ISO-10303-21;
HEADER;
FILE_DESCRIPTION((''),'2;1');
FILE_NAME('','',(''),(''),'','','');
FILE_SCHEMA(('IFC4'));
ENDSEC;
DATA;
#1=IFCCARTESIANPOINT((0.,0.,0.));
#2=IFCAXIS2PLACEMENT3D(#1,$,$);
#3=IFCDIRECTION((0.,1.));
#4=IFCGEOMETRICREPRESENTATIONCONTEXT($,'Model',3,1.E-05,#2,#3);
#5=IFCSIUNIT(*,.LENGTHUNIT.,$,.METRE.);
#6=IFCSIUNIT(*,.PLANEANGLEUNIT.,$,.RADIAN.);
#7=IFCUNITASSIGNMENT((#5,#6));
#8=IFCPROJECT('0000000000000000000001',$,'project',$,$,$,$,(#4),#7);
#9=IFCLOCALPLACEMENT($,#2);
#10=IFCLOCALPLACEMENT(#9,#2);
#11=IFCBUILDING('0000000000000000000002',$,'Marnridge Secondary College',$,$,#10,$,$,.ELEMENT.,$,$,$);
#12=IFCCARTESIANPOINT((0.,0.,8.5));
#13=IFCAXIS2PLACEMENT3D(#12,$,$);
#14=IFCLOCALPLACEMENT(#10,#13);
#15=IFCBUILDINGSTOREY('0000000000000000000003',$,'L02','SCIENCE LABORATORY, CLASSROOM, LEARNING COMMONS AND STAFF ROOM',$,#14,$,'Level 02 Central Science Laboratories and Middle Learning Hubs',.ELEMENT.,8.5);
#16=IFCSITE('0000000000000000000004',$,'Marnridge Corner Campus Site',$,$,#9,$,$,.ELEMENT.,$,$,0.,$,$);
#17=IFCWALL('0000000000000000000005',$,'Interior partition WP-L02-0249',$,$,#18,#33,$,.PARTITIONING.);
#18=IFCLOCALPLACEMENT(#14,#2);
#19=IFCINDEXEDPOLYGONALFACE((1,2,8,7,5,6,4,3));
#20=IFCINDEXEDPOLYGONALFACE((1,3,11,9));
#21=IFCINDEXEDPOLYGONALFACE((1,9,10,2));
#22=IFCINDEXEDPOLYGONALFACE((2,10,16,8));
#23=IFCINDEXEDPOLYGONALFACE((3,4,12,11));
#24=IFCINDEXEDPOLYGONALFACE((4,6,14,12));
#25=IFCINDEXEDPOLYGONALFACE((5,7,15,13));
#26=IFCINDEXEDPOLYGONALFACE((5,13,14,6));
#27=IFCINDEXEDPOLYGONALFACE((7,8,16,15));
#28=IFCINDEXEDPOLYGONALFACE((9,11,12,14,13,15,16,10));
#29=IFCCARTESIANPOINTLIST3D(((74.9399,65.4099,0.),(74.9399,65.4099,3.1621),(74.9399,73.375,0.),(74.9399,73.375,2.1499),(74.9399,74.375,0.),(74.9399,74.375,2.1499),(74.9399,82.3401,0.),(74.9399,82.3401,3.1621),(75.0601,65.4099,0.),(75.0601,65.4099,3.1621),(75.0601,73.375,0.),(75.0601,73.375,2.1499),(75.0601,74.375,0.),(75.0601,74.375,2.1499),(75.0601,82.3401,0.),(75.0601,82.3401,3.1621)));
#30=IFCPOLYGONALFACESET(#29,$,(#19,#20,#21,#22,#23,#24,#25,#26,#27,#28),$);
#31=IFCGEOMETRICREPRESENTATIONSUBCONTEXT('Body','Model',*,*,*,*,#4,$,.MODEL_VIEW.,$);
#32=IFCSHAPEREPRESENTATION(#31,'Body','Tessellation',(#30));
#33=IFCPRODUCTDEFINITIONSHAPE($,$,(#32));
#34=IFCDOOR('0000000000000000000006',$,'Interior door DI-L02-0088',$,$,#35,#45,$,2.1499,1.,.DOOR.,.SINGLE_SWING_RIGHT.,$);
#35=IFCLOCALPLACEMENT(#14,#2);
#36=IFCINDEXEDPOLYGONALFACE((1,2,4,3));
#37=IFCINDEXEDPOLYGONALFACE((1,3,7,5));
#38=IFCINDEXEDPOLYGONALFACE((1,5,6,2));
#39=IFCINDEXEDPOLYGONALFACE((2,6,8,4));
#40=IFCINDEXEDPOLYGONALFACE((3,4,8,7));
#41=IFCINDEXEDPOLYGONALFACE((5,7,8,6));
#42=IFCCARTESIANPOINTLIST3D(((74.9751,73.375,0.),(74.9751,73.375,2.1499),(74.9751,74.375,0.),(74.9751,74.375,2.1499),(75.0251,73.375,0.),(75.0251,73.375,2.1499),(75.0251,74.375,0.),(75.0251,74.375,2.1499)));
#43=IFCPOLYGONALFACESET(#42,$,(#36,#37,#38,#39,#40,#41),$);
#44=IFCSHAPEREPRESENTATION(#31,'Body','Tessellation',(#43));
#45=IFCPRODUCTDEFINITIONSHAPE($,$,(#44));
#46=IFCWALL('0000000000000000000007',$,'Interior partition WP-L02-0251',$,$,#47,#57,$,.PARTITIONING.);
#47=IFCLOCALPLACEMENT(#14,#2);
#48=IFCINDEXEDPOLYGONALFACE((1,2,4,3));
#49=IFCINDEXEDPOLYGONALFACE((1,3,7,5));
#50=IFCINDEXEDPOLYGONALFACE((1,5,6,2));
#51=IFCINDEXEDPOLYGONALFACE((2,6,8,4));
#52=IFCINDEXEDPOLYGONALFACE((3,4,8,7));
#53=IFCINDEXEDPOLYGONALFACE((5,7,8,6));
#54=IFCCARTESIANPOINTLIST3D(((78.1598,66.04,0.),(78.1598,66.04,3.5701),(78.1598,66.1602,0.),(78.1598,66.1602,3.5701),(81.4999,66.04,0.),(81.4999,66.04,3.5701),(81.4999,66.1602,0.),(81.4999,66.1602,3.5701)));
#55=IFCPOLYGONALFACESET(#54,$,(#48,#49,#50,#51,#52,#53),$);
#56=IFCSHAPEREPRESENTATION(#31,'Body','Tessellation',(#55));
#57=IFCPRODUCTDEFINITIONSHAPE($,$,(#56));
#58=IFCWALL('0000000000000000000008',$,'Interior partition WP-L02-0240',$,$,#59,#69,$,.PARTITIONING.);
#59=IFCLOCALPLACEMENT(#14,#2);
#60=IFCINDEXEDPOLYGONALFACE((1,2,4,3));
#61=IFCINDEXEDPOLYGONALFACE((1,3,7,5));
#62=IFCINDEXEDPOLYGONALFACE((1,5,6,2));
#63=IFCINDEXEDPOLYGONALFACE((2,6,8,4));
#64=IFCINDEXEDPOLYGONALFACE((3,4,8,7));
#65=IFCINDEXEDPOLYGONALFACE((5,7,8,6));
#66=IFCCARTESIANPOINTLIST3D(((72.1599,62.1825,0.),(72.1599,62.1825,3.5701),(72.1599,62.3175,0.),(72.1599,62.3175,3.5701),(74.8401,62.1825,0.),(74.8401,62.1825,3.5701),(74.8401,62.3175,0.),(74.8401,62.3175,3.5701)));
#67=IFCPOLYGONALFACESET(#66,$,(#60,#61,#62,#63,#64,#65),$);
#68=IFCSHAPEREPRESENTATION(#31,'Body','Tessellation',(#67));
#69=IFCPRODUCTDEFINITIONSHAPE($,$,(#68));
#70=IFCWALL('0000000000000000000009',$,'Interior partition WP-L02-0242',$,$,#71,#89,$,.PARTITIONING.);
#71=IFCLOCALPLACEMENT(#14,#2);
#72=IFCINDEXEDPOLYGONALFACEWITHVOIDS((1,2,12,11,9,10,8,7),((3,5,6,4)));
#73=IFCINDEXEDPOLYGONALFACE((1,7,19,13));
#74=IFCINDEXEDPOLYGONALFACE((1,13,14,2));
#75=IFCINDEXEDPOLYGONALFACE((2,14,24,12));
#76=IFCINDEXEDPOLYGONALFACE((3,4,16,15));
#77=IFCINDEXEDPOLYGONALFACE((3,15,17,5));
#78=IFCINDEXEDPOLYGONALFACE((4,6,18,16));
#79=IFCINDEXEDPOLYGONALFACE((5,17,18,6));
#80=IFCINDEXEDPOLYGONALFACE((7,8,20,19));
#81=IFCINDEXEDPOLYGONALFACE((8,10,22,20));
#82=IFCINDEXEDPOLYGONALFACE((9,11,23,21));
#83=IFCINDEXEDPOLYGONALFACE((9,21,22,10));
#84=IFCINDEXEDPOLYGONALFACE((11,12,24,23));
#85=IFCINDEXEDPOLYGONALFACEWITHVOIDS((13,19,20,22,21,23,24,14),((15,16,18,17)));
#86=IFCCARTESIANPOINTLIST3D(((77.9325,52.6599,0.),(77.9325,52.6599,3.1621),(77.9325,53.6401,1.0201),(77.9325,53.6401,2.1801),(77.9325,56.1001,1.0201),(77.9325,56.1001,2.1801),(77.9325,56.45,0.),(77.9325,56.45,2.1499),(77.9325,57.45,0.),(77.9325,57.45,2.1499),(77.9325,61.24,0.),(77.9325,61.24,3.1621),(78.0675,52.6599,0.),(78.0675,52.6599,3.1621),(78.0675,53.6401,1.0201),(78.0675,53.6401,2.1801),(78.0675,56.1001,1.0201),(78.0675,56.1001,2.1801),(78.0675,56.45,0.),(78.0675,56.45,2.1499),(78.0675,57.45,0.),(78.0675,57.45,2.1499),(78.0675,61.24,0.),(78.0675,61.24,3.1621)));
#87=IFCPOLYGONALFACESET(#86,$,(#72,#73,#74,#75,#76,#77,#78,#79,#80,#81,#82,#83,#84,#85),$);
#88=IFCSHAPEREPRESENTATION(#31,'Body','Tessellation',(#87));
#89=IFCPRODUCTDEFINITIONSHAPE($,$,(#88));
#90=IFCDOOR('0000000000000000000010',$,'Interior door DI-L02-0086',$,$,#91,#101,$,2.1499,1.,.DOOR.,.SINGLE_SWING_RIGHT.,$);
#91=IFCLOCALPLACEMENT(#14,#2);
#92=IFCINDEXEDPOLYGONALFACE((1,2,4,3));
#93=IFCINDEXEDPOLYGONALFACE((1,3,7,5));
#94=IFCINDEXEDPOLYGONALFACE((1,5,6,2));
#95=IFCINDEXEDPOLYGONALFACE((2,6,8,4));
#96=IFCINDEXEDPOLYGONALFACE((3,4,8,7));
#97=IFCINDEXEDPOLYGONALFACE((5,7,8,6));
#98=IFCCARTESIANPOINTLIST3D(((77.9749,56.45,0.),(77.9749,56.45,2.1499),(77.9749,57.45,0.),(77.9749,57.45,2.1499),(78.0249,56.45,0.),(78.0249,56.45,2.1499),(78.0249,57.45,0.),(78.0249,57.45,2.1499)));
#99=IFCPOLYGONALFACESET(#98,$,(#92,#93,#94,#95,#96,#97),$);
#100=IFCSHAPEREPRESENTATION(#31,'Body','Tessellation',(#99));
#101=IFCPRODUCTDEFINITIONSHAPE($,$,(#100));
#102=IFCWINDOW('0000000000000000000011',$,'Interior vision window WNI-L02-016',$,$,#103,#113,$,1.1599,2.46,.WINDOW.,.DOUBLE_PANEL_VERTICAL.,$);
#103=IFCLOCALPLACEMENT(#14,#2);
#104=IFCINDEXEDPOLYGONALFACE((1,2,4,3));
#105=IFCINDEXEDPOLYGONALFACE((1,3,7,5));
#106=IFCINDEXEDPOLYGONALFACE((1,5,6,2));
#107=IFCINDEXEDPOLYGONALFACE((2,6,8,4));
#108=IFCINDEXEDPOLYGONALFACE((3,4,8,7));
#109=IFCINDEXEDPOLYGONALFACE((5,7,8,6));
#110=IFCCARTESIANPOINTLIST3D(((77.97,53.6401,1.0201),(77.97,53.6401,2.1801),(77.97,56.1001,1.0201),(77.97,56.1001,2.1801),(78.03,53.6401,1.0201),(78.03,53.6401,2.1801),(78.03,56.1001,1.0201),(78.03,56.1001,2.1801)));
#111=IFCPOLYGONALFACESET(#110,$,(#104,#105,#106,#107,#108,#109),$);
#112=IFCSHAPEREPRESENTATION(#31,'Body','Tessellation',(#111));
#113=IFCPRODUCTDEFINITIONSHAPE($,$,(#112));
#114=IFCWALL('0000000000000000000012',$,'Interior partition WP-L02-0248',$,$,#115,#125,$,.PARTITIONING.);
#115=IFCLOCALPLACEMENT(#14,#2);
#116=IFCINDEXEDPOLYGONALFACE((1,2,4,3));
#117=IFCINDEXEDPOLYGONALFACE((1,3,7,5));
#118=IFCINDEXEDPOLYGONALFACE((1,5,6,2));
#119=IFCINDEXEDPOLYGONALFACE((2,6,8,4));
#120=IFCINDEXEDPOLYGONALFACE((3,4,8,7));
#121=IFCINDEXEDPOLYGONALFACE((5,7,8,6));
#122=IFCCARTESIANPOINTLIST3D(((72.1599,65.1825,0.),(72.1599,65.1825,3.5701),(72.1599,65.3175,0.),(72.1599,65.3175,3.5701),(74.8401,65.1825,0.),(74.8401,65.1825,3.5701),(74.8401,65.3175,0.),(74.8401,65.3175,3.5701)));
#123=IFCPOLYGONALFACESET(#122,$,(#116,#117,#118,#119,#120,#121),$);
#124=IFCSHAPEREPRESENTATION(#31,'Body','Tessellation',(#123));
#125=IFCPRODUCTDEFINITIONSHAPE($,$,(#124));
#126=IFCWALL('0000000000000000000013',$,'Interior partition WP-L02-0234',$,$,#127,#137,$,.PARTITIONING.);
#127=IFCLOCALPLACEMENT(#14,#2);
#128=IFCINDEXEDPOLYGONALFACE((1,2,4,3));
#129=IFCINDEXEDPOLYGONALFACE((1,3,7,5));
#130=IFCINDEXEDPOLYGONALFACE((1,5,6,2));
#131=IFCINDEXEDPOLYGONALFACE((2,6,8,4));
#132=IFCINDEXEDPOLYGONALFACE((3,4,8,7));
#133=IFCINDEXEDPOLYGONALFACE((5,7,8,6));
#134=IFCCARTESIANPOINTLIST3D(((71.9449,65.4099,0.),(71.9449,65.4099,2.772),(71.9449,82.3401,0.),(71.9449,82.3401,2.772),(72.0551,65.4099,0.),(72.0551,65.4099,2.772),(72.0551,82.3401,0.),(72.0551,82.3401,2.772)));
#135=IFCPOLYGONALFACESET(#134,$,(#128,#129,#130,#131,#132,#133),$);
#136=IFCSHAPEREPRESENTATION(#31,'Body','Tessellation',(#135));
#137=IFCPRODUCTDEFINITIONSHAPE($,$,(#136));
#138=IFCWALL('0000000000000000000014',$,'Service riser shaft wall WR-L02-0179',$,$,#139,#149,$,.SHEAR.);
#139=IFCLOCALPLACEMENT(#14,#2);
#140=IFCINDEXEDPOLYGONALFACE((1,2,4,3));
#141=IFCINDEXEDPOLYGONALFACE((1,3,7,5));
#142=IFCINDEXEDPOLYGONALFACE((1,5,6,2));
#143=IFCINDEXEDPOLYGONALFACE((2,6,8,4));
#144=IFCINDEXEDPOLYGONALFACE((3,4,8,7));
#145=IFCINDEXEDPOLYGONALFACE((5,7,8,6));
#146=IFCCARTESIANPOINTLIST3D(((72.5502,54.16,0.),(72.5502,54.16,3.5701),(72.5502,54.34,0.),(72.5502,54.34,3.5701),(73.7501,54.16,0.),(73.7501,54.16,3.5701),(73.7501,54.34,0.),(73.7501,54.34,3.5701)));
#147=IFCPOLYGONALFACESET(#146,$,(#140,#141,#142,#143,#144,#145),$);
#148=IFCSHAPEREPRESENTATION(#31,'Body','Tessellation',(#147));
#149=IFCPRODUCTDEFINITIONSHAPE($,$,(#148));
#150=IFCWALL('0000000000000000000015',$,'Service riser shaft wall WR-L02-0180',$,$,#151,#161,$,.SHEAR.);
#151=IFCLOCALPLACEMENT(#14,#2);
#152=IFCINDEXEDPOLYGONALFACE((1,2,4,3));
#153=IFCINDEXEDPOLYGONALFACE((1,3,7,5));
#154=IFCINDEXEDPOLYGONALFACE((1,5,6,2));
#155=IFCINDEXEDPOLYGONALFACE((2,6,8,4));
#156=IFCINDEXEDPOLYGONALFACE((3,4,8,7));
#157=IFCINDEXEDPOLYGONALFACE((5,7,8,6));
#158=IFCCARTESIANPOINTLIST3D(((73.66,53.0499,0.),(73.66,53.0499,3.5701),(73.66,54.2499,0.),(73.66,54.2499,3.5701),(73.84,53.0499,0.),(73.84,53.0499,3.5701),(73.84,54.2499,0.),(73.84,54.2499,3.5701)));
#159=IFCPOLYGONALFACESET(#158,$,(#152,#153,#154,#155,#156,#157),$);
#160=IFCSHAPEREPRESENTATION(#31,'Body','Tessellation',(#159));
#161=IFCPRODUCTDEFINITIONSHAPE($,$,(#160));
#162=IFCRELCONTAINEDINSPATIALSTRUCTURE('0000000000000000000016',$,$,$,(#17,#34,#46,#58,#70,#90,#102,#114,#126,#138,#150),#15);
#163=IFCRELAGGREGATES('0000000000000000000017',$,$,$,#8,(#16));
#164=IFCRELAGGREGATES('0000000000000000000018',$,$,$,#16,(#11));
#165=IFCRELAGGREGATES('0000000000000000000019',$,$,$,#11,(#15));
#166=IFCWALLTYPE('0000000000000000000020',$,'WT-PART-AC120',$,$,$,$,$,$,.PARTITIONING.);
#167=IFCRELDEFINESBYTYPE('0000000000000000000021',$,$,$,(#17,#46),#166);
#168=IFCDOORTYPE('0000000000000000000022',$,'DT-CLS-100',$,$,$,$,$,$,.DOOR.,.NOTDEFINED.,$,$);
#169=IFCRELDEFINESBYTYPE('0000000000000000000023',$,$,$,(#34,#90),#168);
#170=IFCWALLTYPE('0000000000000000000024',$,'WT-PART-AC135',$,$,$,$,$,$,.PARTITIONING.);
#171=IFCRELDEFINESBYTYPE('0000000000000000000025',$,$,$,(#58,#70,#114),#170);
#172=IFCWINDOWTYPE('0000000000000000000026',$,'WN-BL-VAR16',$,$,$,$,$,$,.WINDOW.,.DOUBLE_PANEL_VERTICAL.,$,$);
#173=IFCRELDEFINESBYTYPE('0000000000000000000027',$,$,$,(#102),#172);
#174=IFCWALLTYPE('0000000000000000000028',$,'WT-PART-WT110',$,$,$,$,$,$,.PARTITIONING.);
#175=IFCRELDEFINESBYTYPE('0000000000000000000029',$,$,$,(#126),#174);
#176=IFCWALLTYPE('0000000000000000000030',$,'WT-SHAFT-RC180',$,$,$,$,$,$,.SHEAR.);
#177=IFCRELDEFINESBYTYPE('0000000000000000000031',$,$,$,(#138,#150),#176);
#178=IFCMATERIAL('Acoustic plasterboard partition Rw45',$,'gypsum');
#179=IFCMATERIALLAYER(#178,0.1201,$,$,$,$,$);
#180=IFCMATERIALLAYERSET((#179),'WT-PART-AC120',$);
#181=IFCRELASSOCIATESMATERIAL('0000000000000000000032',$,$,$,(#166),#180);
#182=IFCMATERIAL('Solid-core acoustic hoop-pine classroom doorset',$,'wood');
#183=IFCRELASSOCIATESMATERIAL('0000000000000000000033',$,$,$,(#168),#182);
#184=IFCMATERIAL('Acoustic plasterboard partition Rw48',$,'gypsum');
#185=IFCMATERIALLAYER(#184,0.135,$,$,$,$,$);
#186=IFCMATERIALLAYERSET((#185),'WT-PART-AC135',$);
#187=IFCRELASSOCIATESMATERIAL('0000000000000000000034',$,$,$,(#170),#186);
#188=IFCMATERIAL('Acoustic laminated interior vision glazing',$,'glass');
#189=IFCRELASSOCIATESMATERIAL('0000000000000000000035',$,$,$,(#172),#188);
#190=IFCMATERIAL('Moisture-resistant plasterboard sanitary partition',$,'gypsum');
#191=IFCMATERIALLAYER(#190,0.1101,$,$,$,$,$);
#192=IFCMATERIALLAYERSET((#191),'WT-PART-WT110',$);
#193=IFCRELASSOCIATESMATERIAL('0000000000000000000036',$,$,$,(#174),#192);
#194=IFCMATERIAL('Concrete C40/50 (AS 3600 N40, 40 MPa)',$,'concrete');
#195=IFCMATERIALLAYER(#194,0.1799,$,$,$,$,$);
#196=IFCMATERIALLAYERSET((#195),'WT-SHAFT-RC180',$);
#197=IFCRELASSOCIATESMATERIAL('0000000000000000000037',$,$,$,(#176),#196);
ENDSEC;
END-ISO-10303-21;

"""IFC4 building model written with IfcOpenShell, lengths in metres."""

from ifc_helpers import new_model, si_unit, direction, frame, frame_2d, origin, place, context, subcontext, project, spatial, rectangle, extrude, material, layer, layer_set, type_object, element, fill, save


model = new_model("IFC4")

# Units and contexts
model_context = context("Model", 3, precision=1e-05, world=origin(), true_north=direction((0.0, 1.0)))
body_context = subcontext(model_context, "Body", "Model", "MODEL_VIEW")
ifc_project = project(units=[si_unit("LENGTHUNIT", "METRE"), si_unit("PLANEANGLEUNIT", "RADIAN")], contexts=[model_context])

# Site, building, storey
site_placement = place(None, origin())
site = spatial("IfcSite", under=ifc_project, at=site_placement, Name="Marnridge Corner Campus Site", CompositionType="ELEMENT", RefElevation=0.0)
building_placement = place(site_placement, origin())
building = spatial("IfcBuilding", under=site, at=building_placement, Name="Marnridge Secondary College", CompositionType="ELEMENT")
storey_placement = place(building_placement, frame((0.0, 0.0, 8.5)))
storey = spatial("IfcBuildingStorey", under=building, at=storey_placement, Name="L02", Description="SCIENCE LABORATORY, CLASSROOM, LEARNING COMMONS AND STAFF ROOM", LongName="Level 02 Central Science Laboratories and Middle Learning Hubs", CompositionType="ELEMENT", Elevation=8.5)

# Shared definitions
ifc_material_1 = material(Name="Acoustic plasterboard partition Rw45", Category="gypsum")
ifc_layer_1 = layer(ifc_material_1, 0.1201)
ifc_layer_set_1 = layer_set([ifc_layer_1], Name="WT-PART-AC120")
wall_type_1 = type_object("IfcWallType", Name="WT-PART-AC120", PredefinedType="PARTITIONING", material=ifc_layer_set_1)

# Wall, opening, door
wall_1_placement = place(storey_placement, frame((75.0, 65.4099, 0.0), z_axis=(0.0, 0.0, 1.0), x_axis=(0.0, 1.0, 0.0)))
wall_1 = element("IfcWall", 1, at=wall_1_placement, inside=storey, type_object=wall_type_1, Name="Interior partition WP-L02-0249", PredefinedType="PARTITIONING", context=body_context, shape_type="SweptSolid", body=[
    extrude(rectangle(XDim=16.9302, YDim=0.1201, at=frame_2d((8.4651, 0.0))), origin(), (0.0, 0.0, 1.0), 3.1621),
])
opening_1_placement = place(wall_1_placement, frame((7.9651, 0.0, 0.0)))
opening_1 = element("IfcOpeningElement", 2, at=opening_1_placement, cuts=wall_1, PredefinedType="OPENING", context=body_context, shape_type="SweptSolid", body=[
    extrude(rectangle(XDim=1.0, YDim=2.1499, at=frame_2d((0.5, 1.075))), frame((0.0, 0.0701, 0.0), z_axis=(0.0, -1.0, 0.0), x_axis=(1.0, 0.0, 0.0)), (0.0, 0.0, 1.0), 0.1401),
])
ifc_material_2 = material(Name="Solid-core acoustic hoop-pine classroom doorset", Category="wood")
door_type = type_object("IfcDoorType", Name="DT-CLS-100", OperationType="NOTDEFINED", PredefinedType="DOOR", material=ifc_material_2)
door_1_placement = place(opening_1_placement, origin())
door_1 = element("IfcDoor", 3, at=door_1_placement, inside=storey, type_object=door_type, Name="Interior door DI-L02-0088", OperationType="SINGLE_SWING_RIGHT", OverallHeight=2.1499, OverallWidth=1.0, PredefinedType="DOOR", context=body_context, shape_type="SweptSolid", body=[
    extrude(rectangle(XDim=1.0, YDim=2.1499, at=frame_2d((0.5, 1.075))), frame((0.0, 0.0249, 0.0), z_axis=(0.0, -1.0, 0.0), x_axis=(1.0, 0.0, 0.0)), (0.0, 0.0, 1.0), 0.05),
])
fill(opening_1, door_1)

# Walls
wall_2_placement = place(storey_placement, frame((78.1599, 66.1001, 0.0), z_axis=(0.0, 0.0, 1.0), x_axis=(1.0, 0.0, 0.0)))
element("IfcWall", 4, at=wall_2_placement, inside=storey, type_object=wall_type_1, Name="Interior partition WP-L02-0251", PredefinedType="PARTITIONING", context=body_context, shape_type="SweptSolid", body=[
    extrude(rectangle(XDim=3.3401, YDim=0.1201, at=frame_2d((1.6699, 0.0))), origin(), (0.0, 0.0, 1.0), 3.5701),
])
ifc_material_3 = material(Name="Acoustic plasterboard partition Rw48", Category="gypsum")
ifc_layer_2 = layer(ifc_material_3, 0.135)
ifc_layer_set_2 = layer_set([ifc_layer_2], Name="WT-PART-AC135")
wall_type_2 = type_object("IfcWallType", Name="WT-PART-AC135", PredefinedType="PARTITIONING", material=ifc_layer_set_2)
wall_3_placement = place(storey_placement, frame((74.8401, 62.25, 0.0), z_axis=(0.0, 0.0, 1.0), x_axis=(-1.0, 0.0, 0.0)))
element("IfcWall", 5, at=wall_3_placement, inside=storey, type_object=wall_type_2, Name="Interior partition WP-L02-0240", PredefinedType="PARTITIONING", context=body_context, shape_type="SweptSolid", body=[
    extrude(rectangle(XDim=2.6802, YDim=0.135, at=frame_2d((1.3401, 0.0))), origin(), (0.0, 0.0, 1.0), 3.5701),
])

# Wall, openings, door, window
wall_4_placement = place(storey_placement, frame((78.0, 61.24, 0.0), z_axis=(0.0, 0.0, 1.0), x_axis=(0.0, -1.0, 0.0)))
wall_4 = element("IfcWall", 6, at=wall_4_placement, inside=storey, type_object=wall_type_2, Name="Interior partition WP-L02-0242", PredefinedType="PARTITIONING", context=body_context, shape_type="SweptSolid", body=[
    extrude(rectangle(XDim=8.5801, YDim=0.135, at=frame_2d((4.29, 0.0))), origin(), (0.0, 0.0, 1.0), 3.1621),
])
opening_2_placement = place(wall_4_placement, frame((3.79, 0.0, 0.0)))
opening_2 = element("IfcOpeningElement", 7, at=opening_2_placement, cuts=wall_4, PredefinedType="OPENING", context=body_context, shape_type="SweptSolid", body=[
    extrude(rectangle(XDim=1.0, YDim=2.1499, at=frame_2d((0.5, 1.075))), frame((0.0, 0.0774, 0.0), z_axis=(0.0, -1.0, 0.0), x_axis=(1.0, 0.0, 0.0)), (0.0, 0.0, 1.0), 0.155),
])
opening_3_placement = place(wall_4_placement, frame((5.1399, 0.0, 1.02)))
opening_3 = element("IfcOpeningElement", 8, at=opening_3_placement, cuts=wall_4, PredefinedType="OPENING", context=body_context, shape_type="SweptSolid", body=[
    extrude(rectangle(XDim=2.46, YDim=1.1599, at=frame_2d((1.23, 0.5801))), frame((0.0, 0.0774, 0.0), z_axis=(0.0, -1.0, 0.0), x_axis=(1.0, 0.0, 0.0)), (0.0, 0.0, 1.0), 0.155),
])
door_2_placement = place(opening_2_placement, origin())
door_2 = element("IfcDoor", 9, at=door_2_placement, inside=storey, type_object=door_type, Name="Interior door DI-L02-0086", OperationType="SINGLE_SWING_RIGHT", OverallHeight=2.1499, OverallWidth=1.0, PredefinedType="DOOR", context=body_context, shape_type="SweptSolid", body=[
    extrude(rectangle(XDim=1.0, YDim=2.1499, at=frame_2d((0.5, 1.075))), frame((0.0, 0.0249, 0.0), z_axis=(0.0, -1.0, 0.0), x_axis=(1.0, 0.0, 0.0)), (0.0, 0.0, 1.0), 0.05),
])
fill(opening_2, door_2)
ifc_material_4 = material(Name="Acoustic laminated interior vision glazing", Category="glass")
window_type = type_object("IfcWindowType", Name="WN-BL-VAR16", PartitioningType="DOUBLE_PANEL_VERTICAL", PredefinedType="WINDOW", material=ifc_material_4)
window_placement = place(opening_3_placement, origin())
window = element("IfcWindow", 10, at=window_placement, inside=storey, type_object=window_type, Name="Interior vision window WNI-L02-016", OverallHeight=1.1599, OverallWidth=2.46, PartitioningType="DOUBLE_PANEL_VERTICAL", PredefinedType="WINDOW", context=body_context, shape_type="SweptSolid", body=[
    extrude(rectangle(XDim=2.46, YDim=1.1599, at=frame_2d((1.23, 0.5801))), frame((0.0, 0.03, 0.0), z_axis=(0.0, -1.0, 0.0), x_axis=(1.0, 0.0, 0.0)), (0.0, 0.0, 1.0), 0.0601),
])
fill(opening_3, window)

# Walls
wall_5_placement = place(storey_placement, frame((72.1599, 65.25, 0.0), z_axis=(0.0, 0.0, 1.0), x_axis=(1.0, 0.0, 0.0)))
element("IfcWall", 11, at=wall_5_placement, inside=storey, type_object=wall_type_2, Name="Interior partition WP-L02-0248", PredefinedType="PARTITIONING", context=body_context, shape_type="SweptSolid", body=[
    extrude(rectangle(XDim=2.6802, YDim=0.135, at=frame_2d((1.3401, 0.0))), origin(), (0.0, 0.0, 1.0), 3.5701),
])
ifc_material_5 = material(Name="Moisture-resistant plasterboard sanitary partition", Category="gypsum")
ifc_layer_3 = layer(ifc_material_5, 0.1101)
ifc_layer_set_3 = layer_set([ifc_layer_3], Name="WT-PART-WT110")
wall_type_3 = type_object("IfcWallType", Name="WT-PART-WT110", PredefinedType="PARTITIONING", material=ifc_layer_set_3)
wall_6_placement = place(storey_placement, frame((72.0, 65.4099, 0.0), z_axis=(0.0, 0.0, 1.0), x_axis=(0.0, 1.0, 0.0)))
element("IfcWall", 12, at=wall_6_placement, inside=storey, type_object=wall_type_3, Name="Interior partition WP-L02-0234", PredefinedType="PARTITIONING", context=body_context, shape_type="SweptSolid", body=[
    extrude(rectangle(XDim=16.9302, YDim=0.1101, at=frame_2d((8.4651, 0.0))), origin(), (0.0, 0.0, 1.0), 2.772),
])
ifc_material_6 = material(Name="Concrete C40/50 (AS 3600 N40, 40 MPa)", Category="concrete")
ifc_layer_4 = layer(ifc_material_6, 0.1799)
ifc_layer_set_4 = layer_set([ifc_layer_4], Name="WT-SHAFT-RC180")
wall_type_4 = type_object("IfcWallType", Name="WT-SHAFT-RC180", PredefinedType="SHEAR", material=ifc_layer_set_4)
for number, where, z_axis, x_axis, name in (
    (13, (72.55, 54.25, 0.0), (0.0, 0.0, 1.0), (1.0, 0.0, 0.0), "Service riser shaft wall WR-L02-0179"),
    (14, (73.75, 54.25, 0.0), (0.0, 0.0, 1.0), (0.0, -1.0, 0.0), "Service riser shaft wall WR-L02-0180"),
):
    element("IfcWall", number, at=place(storey_placement, frame(where, z_axis=z_axis, x_axis=x_axis)), inside=storey, type_object=wall_type_4, Name=name, PredefinedType="SHEAR", context=body_context, shape_type="SweptSolid", body=[
        extrude(rectangle(XDim=1.2, YDim=0.1799, at=frame_2d((0.6001, 0.0))), origin(), (0.0, 0.0, 1.0), 3.5701),
    ])

save(model, "model.ifc")
